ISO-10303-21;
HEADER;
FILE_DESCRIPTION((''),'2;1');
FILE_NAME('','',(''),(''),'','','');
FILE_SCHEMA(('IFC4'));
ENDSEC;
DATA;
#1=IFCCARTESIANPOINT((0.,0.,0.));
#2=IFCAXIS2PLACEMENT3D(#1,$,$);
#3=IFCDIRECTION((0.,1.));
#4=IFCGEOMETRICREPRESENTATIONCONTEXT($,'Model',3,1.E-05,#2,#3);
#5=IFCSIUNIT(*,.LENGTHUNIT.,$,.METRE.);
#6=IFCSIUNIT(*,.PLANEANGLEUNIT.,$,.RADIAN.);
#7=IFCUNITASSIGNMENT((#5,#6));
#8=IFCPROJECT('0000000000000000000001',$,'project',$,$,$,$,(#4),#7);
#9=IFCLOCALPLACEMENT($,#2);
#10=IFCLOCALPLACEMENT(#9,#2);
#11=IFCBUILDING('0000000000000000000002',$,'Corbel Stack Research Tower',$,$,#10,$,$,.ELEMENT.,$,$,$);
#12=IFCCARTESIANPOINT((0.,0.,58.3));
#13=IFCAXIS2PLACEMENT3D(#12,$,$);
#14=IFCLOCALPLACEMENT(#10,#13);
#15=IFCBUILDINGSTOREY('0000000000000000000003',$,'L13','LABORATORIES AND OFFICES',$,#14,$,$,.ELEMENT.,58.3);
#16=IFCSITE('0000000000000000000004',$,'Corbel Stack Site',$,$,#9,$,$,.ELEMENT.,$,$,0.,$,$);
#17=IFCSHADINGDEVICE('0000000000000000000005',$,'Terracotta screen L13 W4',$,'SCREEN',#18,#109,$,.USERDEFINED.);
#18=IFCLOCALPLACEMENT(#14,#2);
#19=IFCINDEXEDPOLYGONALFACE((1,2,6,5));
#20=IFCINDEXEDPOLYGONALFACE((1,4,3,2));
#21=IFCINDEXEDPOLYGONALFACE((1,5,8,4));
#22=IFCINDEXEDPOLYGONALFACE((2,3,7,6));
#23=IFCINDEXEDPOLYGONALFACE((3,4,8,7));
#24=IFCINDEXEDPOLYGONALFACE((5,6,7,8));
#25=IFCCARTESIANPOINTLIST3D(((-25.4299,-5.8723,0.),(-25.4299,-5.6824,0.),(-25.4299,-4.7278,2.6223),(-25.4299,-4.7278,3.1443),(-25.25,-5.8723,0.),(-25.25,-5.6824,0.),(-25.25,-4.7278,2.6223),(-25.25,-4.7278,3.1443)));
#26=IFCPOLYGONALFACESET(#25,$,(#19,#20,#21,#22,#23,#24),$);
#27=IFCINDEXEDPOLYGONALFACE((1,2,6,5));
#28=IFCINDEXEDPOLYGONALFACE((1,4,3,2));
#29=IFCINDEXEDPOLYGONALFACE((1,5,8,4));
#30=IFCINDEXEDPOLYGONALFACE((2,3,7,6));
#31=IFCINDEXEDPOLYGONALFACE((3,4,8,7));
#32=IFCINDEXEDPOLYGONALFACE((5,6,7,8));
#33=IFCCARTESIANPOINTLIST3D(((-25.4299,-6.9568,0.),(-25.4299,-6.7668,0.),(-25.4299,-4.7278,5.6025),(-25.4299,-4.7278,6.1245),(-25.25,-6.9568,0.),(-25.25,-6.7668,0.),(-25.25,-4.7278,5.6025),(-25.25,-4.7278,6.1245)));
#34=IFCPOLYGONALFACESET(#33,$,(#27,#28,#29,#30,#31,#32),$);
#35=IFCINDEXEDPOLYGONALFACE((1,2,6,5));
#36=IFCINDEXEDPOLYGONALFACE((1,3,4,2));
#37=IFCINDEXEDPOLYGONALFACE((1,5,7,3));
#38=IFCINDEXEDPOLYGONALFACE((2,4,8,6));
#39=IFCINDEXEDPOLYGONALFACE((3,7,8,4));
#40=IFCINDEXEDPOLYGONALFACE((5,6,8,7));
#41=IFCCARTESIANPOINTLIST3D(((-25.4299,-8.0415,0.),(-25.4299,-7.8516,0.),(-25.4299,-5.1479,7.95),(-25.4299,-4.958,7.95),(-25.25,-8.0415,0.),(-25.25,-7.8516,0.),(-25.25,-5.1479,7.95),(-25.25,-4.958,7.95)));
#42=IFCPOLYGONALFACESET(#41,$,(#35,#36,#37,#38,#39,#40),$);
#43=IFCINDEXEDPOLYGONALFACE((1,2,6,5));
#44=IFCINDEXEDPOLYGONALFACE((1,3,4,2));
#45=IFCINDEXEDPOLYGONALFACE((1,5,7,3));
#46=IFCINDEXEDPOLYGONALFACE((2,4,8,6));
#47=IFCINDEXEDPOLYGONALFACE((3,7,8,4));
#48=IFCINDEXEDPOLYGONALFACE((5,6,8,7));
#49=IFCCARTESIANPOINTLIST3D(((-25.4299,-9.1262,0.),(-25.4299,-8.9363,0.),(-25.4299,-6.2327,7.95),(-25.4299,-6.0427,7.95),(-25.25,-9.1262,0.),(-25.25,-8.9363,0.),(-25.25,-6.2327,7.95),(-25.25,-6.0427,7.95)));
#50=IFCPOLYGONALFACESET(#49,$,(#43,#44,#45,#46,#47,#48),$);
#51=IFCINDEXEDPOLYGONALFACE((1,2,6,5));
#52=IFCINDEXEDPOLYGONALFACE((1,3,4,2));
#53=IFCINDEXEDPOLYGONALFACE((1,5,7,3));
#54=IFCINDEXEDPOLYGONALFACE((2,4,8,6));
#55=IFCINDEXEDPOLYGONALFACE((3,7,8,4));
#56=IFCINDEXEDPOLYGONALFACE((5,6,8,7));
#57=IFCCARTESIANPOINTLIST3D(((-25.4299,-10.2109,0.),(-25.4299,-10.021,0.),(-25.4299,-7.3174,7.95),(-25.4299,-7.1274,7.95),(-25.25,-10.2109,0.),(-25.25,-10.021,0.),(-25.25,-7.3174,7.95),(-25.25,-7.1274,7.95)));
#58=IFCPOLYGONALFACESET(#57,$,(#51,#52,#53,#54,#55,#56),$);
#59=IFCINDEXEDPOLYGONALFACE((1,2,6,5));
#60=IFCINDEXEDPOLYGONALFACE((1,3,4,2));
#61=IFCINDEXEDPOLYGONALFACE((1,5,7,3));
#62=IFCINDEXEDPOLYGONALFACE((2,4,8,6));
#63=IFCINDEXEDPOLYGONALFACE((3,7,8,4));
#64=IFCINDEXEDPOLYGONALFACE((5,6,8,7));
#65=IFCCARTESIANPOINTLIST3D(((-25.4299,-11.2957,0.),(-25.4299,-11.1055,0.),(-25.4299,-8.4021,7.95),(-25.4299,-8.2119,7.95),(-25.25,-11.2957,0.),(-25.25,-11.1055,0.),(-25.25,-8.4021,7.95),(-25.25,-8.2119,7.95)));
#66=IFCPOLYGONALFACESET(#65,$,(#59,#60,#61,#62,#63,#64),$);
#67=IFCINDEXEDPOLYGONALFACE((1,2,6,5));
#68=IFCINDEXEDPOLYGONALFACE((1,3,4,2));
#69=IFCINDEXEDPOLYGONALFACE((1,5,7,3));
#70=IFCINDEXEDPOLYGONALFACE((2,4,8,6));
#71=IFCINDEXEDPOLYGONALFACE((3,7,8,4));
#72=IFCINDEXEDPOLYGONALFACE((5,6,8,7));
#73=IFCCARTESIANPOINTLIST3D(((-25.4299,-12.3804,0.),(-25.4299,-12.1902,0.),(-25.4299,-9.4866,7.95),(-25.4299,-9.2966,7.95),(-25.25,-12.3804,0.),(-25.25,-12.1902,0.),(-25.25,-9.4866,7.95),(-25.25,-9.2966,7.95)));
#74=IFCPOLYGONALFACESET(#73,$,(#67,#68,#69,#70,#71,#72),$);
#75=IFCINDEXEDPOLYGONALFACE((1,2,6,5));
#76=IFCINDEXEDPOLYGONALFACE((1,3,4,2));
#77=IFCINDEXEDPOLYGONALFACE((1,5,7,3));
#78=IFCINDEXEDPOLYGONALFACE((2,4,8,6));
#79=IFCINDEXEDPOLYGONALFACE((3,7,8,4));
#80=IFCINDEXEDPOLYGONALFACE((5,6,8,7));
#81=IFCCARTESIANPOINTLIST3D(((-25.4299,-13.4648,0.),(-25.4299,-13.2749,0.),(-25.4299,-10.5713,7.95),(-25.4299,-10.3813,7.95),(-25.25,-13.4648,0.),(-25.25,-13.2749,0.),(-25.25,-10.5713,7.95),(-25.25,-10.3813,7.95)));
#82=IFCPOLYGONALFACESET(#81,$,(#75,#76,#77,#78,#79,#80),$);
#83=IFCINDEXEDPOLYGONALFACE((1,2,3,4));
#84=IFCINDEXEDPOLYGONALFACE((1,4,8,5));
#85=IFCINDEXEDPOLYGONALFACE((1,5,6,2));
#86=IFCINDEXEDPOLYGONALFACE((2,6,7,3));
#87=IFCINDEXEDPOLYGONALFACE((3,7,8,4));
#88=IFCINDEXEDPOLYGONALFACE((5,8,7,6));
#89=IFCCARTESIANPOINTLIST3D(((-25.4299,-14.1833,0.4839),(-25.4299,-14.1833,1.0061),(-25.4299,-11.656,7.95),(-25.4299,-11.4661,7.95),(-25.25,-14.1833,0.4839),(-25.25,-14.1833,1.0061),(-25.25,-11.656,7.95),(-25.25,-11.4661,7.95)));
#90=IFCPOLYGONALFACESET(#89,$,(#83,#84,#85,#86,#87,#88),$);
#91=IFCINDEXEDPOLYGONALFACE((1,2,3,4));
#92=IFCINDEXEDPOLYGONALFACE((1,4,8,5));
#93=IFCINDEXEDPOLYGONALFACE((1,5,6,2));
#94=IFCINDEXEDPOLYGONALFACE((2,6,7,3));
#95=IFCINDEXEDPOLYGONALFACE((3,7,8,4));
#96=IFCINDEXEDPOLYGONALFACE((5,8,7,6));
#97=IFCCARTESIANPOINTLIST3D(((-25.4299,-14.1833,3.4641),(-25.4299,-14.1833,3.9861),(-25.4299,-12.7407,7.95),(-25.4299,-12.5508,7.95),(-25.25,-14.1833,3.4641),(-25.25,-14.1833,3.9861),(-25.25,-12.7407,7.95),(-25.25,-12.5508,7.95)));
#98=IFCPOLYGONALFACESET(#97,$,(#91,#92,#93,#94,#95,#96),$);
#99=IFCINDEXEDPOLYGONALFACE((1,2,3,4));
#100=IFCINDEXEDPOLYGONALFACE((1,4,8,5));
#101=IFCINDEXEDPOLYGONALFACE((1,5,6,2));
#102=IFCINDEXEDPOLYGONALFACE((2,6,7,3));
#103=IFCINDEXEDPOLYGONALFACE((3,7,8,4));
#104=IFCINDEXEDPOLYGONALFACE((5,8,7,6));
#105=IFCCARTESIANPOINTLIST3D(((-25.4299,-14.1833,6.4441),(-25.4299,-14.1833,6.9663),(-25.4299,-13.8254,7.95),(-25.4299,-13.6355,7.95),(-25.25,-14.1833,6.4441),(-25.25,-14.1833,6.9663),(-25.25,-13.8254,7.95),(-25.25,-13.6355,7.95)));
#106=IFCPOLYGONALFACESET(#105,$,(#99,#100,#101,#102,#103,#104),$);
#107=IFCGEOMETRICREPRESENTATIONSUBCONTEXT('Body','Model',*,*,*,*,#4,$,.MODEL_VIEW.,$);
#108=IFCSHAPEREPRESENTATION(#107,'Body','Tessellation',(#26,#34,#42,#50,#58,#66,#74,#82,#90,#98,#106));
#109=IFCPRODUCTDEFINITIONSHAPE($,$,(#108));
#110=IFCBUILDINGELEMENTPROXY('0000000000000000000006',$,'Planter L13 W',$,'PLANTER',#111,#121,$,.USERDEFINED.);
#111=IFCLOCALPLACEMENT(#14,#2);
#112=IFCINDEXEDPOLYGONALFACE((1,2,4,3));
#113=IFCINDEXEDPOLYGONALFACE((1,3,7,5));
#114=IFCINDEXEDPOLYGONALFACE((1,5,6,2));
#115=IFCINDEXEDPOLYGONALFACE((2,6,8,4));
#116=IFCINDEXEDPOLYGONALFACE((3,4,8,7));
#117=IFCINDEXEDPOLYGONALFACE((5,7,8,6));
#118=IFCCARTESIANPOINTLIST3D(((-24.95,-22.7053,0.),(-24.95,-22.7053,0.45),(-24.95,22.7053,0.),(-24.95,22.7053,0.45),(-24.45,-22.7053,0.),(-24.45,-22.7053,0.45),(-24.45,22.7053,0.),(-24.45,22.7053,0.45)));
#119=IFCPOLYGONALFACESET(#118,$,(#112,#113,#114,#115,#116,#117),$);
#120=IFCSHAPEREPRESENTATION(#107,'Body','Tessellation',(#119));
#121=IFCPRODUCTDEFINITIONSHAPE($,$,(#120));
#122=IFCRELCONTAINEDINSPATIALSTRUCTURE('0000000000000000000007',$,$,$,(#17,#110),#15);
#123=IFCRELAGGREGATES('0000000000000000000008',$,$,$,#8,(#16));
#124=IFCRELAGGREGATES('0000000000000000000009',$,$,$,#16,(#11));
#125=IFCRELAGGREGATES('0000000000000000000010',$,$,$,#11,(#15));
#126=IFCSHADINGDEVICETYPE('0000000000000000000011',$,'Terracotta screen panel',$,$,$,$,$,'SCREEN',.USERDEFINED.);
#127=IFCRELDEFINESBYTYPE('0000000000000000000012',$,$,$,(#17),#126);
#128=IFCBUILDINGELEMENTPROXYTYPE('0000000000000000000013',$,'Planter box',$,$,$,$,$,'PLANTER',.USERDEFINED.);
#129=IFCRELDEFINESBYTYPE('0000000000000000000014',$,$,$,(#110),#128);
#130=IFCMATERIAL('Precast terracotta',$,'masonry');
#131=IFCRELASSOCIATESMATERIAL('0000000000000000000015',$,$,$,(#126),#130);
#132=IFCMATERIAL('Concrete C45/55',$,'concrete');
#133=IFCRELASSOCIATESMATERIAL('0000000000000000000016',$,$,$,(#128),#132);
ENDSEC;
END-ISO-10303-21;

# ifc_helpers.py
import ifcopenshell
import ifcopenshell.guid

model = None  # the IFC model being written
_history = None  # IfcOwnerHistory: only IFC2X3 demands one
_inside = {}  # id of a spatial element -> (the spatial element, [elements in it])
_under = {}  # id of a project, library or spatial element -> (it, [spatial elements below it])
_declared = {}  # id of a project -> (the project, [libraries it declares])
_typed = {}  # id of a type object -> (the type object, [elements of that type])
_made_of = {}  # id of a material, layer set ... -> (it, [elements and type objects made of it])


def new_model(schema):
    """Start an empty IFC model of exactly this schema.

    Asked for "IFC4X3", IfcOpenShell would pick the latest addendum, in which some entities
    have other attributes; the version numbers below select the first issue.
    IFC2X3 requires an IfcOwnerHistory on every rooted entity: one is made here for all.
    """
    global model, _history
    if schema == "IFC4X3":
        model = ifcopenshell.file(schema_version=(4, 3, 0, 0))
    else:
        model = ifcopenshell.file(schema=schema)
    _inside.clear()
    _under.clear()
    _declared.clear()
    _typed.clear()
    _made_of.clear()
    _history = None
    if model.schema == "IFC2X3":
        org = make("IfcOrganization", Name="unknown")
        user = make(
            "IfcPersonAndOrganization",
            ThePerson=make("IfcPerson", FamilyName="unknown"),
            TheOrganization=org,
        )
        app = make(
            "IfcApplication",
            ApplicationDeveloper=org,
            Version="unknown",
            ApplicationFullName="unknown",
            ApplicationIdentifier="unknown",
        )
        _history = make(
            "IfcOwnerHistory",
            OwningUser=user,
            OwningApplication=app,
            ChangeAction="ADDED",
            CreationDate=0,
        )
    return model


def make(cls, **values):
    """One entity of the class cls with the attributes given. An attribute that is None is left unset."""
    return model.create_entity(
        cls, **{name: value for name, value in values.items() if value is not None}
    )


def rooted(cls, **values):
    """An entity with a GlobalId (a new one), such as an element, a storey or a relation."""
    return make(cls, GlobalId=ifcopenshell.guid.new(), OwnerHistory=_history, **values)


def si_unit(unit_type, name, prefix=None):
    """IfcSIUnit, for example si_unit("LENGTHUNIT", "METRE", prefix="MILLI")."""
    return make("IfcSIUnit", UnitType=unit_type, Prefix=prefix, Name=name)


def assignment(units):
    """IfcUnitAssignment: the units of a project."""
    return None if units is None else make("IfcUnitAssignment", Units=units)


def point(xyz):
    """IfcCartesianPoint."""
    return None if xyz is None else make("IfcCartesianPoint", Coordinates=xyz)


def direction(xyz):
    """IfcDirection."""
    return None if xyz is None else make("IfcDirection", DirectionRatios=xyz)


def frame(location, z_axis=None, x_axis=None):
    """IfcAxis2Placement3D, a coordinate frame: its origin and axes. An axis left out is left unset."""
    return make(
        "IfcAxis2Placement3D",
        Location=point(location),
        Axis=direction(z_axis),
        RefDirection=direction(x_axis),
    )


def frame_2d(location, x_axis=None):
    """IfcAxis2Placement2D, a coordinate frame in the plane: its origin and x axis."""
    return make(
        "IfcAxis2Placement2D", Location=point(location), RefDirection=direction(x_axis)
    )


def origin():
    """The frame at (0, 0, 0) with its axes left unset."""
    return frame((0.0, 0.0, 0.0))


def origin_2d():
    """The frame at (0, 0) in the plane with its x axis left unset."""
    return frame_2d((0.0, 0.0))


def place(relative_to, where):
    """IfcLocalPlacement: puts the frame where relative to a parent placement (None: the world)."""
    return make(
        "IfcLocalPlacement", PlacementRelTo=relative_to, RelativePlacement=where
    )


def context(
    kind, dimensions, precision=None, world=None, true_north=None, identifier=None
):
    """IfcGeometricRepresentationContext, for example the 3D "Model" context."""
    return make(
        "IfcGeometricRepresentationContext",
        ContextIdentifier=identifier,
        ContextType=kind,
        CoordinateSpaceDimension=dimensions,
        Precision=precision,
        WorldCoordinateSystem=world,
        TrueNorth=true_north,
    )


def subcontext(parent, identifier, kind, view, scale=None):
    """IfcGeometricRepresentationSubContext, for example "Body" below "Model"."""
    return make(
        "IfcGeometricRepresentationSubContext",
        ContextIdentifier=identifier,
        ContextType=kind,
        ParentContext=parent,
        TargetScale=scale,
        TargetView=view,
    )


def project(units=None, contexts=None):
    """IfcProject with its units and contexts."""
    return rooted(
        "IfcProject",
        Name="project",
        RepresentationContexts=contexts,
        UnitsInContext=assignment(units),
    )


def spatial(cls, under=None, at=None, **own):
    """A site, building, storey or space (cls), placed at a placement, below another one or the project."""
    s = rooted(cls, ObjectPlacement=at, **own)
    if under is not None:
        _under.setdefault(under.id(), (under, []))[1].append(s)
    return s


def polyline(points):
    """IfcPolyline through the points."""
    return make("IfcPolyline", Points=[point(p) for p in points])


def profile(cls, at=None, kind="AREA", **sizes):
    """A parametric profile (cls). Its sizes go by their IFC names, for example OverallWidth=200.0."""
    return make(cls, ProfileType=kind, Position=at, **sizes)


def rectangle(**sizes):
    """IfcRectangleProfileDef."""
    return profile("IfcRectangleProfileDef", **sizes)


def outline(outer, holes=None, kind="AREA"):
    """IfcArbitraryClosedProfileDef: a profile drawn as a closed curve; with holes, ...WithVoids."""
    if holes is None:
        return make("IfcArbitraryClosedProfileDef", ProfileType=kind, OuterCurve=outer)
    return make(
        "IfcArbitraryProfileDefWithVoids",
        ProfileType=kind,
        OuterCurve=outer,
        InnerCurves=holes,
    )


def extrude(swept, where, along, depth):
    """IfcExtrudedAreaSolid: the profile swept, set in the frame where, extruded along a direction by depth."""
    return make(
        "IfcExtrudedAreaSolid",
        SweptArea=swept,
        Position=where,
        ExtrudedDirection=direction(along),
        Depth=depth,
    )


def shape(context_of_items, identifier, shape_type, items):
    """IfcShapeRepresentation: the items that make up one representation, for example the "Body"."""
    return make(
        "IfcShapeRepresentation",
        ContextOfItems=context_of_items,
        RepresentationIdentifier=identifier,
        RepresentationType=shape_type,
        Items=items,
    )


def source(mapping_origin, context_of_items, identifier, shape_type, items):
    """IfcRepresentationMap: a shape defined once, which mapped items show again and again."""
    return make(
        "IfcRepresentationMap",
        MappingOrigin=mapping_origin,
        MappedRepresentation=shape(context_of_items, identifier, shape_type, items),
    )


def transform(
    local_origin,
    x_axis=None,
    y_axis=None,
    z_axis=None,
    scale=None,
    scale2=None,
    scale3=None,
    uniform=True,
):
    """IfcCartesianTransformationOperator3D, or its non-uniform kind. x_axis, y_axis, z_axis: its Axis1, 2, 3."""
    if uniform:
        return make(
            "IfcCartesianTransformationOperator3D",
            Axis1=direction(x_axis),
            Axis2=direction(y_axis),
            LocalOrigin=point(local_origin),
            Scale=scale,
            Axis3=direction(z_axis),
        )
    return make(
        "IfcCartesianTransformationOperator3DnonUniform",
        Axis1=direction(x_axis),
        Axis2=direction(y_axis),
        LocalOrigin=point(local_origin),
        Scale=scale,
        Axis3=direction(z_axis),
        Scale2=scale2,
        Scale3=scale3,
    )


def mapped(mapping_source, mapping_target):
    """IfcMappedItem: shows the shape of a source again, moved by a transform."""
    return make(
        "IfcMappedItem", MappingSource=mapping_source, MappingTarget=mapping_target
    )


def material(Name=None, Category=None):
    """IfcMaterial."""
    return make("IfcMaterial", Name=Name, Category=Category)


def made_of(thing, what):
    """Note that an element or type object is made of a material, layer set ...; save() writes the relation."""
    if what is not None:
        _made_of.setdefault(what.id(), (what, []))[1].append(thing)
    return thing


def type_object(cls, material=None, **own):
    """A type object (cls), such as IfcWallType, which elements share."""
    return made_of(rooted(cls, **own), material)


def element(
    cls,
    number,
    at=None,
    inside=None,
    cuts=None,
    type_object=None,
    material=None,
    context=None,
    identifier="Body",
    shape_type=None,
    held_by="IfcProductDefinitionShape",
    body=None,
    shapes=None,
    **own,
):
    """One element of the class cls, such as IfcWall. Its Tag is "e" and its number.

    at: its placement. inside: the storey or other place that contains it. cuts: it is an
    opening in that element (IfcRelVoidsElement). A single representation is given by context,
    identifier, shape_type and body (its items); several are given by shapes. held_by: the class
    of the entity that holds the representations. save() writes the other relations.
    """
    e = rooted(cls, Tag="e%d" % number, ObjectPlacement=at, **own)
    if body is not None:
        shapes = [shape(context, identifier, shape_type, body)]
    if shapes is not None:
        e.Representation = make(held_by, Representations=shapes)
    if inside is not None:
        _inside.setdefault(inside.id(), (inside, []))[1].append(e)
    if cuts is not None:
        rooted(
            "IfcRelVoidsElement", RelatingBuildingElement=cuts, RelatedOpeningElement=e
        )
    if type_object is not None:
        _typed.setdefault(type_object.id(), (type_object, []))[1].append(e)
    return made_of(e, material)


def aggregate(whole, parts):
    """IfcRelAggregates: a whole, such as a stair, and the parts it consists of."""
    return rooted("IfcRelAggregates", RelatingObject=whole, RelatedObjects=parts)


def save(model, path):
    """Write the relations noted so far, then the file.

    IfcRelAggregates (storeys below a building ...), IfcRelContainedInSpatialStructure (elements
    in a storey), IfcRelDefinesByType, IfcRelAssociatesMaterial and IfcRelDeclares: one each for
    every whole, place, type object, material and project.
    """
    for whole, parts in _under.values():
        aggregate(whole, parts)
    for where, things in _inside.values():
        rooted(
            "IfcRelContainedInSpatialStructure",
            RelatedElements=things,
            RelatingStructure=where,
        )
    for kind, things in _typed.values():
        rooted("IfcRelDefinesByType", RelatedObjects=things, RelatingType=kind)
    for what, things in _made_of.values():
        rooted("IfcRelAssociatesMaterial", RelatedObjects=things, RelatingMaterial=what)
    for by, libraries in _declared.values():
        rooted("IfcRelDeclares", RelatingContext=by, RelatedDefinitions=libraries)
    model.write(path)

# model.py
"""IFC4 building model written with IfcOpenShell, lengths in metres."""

from ifc_helpers import new_model, si_unit, direction, frame, origin, origin_2d, place, context, subcontext, project, spatial, polyline, rectangle, outline, extrude, source, transform, mapped, material, type_object, element, save


model = new_model("IFC4")

# Units and contexts
model_context = context("Model", 3, precision=1e-05, world=origin(), true_north=direction((0.0, 1.0)))
body_context = subcontext(model_context, "Body", "Model", "MODEL_VIEW")
ifc_project = project(units=[si_unit("LENGTHUNIT", "METRE"), si_unit("PLANEANGLEUNIT", "RADIAN")], contexts=[model_context])

# Site, building, storey
site_placement = place(None, origin())
site = spatial("IfcSite", under=ifc_project, at=site_placement, Name="Corbel Stack Site", CompositionType="ELEMENT", RefElevation=0.0)
building_placement = place(site_placement, origin())
building = spatial("IfcBuilding", under=site, at=building_placement, Name="Corbel Stack Research Tower", CompositionType="ELEMENT")
storey_placement = place(building_placement, frame((0.0, 0.0, 58.3)))
storey = spatial("IfcBuildingStorey", under=building, at=storey_placement, Name="L13", Description="LABORATORIES AND OFFICES", CompositionType="ELEMENT", Elevation=58.3)

# Shading device
ifc_material_1 = material(Name="Precast terracotta", Category="masonry")
shading_device_type = type_object("IfcShadingDeviceType", Name="Terracotta screen panel", ElementType="SCREEN", PredefinedType="USERDEFINED", material=ifc_material_1)
shared_shape = source(origin(), body_context, "Body", "SweptSolid", [
    extrude(outline(polyline([(1.1445, 0.0), (0.0, 3.1443), (0.0, 2.6223), (0.9546, 0.0), (1.1445, 0.0)])), frame((0.0, 0.0, 0.0), z_axis=(0.0, -1.0, 0.0), x_axis=(1.0, 0.0, 0.0)), (0.0, 0.0, 1.0), 0.1799),
    extrude(outline(polyline([(2.229, 0.0), (0.0, 6.1245), (0.0, 5.6025), (2.0391, 0.0), (2.229, 0.0)])), frame((0.0, 0.0, 0.0), z_axis=(0.0, -1.0, 0.0), x_axis=(1.0, 0.0, 0.0)), (0.0, 0.0, 1.0), 0.1799),
    extrude(outline(polyline([(3.3137, 0.0), (0.4202, 7.95), (0.2302, 7.95), (3.1238, 0.0), (3.3137, 0.0)])), frame((0.0, 0.0, 0.0), z_axis=(0.0, -1.0, 0.0), x_axis=(1.0, 0.0, 0.0)), (0.0, 0.0, 1.0), 0.1799),
    extrude(outline(polyline([(4.3984, 0.0), (1.5049, 7.95), (1.3149, 7.95), (4.2085, 0.0), (4.3984, 0.0)])), frame((0.0, 0.0, 0.0), z_axis=(0.0, -1.0, 0.0), x_axis=(1.0, 0.0, 0.0)), (0.0, 0.0, 1.0), 0.1799),
    extrude(outline(polyline([(5.4832, 0.0), (2.5896, 7.95), (2.3997, 7.95), (5.2932, 0.0), (5.4832, 0.0)])), frame((0.0, 0.0, 0.0), z_axis=(0.0, -1.0, 0.0), x_axis=(1.0, 0.0, 0.0)), (0.0, 0.0, 1.0), 0.1799),
    extrude(outline(polyline([(6.5679, 0.0), (3.6743, 7.95), (3.4841, 7.95), (6.3777, 0.0), (6.5679, 0.0)])), frame((0.0, 0.0, 0.0), z_axis=(0.0, -1.0, 0.0), x_axis=(1.0, 0.0, 0.0)), (0.0, 0.0, 1.0), 0.1799),
    extrude(outline(polyline([(7.6526, 0.0), (4.7588, 7.95), (4.5688, 7.95), (7.4624, 0.0), (7.6526, 0.0)])), frame((0.0, 0.0, 0.0), z_axis=(0.0, -1.0, 0.0), x_axis=(1.0, 0.0, 0.0)), (0.0, 0.0, 1.0), 0.1799),
    extrude(outline(polyline([(8.7371, 0.0), (5.8435, 7.95), (5.6536, 7.95), (8.5471, 0.0), (8.7371, 0.0)])), frame((0.0, 0.0, 0.0), z_axis=(0.0, -1.0, 0.0), x_axis=(1.0, 0.0, 0.0)), (0.0, 0.0, 1.0), 0.1799),
    extrude(outline(polyline([(6.9282, 7.95), (6.7383, 7.95), (9.4556, 0.4839), (9.4556, 1.0061), (6.9282, 7.95)])), frame((0.0, 0.0, 0.0), z_axis=(0.0, -1.0, 0.0), x_axis=(1.0, 0.0, 0.0)), (0.0, 0.0, 1.0), 0.1799),
    extrude(outline(polyline([(8.0129, 7.95), (7.823, 7.95), (9.4556, 3.4641), (9.4556, 3.9861), (8.0129, 7.95)])), frame((0.0, 0.0, 0.0), z_axis=(0.0, -1.0, 0.0), x_axis=(1.0, 0.0, 0.0)), (0.0, 0.0, 1.0), 0.1799),
    extrude(outline(polyline([(9.0977, 7.95), (8.9077, 7.95), (9.4556, 6.4441), (9.4556, 6.9663), (9.0977, 7.95)])), frame((0.0, 0.0, 0.0), z_axis=(0.0, -1.0, 0.0), x_axis=(1.0, 0.0, 0.0)), (0.0, 0.0, 1.0), 0.1799),
])
shading_device_placement = place(storey_placement, frame((-25.25, -4.7278, 0.0), z_axis=(0.0, 0.0, 1.0), x_axis=(0.0, -1.0, 0.0)))
element("IfcShadingDevice", 1, at=shading_device_placement, inside=storey, type_object=shading_device_type, Name="Terracotta screen L13 W4", ObjectType="SCREEN", PredefinedType="USERDEFINED", context=body_context, shape_type="MappedRepresentation", body=[
    mapped(shared_shape, transform((0.0, 0.0, 0.0))),
])

# Building element proxy
ifc_material_2 = material(Name="Concrete C45/55", Category="concrete")
building_element_proxy_type = type_object("IfcBuildingElementProxyType", Name="Planter box", ElementType="PLANTER", PredefinedType="USERDEFINED", material=ifc_material_2)
proxy_placement = place(storey_placement, frame((-24.7, 0.0, 0.0), z_axis=(0.0, 0.0, 1.0), x_axis=(0.0, -1.0, 0.0)))
element("IfcBuildingElementProxy", 2, at=proxy_placement, inside=storey, type_object=building_element_proxy_type, Name="Planter L13 W", ObjectType="PLANTER", PredefinedType="USERDEFINED", context=body_context, shape_type="SweptSolid", body=[
    extrude(rectangle(XDim=45.4106, YDim=0.5, at=origin_2d()), origin(), (0.0, 0.0, 1.0), 0.45),
])

save(model, "model.ifc")
